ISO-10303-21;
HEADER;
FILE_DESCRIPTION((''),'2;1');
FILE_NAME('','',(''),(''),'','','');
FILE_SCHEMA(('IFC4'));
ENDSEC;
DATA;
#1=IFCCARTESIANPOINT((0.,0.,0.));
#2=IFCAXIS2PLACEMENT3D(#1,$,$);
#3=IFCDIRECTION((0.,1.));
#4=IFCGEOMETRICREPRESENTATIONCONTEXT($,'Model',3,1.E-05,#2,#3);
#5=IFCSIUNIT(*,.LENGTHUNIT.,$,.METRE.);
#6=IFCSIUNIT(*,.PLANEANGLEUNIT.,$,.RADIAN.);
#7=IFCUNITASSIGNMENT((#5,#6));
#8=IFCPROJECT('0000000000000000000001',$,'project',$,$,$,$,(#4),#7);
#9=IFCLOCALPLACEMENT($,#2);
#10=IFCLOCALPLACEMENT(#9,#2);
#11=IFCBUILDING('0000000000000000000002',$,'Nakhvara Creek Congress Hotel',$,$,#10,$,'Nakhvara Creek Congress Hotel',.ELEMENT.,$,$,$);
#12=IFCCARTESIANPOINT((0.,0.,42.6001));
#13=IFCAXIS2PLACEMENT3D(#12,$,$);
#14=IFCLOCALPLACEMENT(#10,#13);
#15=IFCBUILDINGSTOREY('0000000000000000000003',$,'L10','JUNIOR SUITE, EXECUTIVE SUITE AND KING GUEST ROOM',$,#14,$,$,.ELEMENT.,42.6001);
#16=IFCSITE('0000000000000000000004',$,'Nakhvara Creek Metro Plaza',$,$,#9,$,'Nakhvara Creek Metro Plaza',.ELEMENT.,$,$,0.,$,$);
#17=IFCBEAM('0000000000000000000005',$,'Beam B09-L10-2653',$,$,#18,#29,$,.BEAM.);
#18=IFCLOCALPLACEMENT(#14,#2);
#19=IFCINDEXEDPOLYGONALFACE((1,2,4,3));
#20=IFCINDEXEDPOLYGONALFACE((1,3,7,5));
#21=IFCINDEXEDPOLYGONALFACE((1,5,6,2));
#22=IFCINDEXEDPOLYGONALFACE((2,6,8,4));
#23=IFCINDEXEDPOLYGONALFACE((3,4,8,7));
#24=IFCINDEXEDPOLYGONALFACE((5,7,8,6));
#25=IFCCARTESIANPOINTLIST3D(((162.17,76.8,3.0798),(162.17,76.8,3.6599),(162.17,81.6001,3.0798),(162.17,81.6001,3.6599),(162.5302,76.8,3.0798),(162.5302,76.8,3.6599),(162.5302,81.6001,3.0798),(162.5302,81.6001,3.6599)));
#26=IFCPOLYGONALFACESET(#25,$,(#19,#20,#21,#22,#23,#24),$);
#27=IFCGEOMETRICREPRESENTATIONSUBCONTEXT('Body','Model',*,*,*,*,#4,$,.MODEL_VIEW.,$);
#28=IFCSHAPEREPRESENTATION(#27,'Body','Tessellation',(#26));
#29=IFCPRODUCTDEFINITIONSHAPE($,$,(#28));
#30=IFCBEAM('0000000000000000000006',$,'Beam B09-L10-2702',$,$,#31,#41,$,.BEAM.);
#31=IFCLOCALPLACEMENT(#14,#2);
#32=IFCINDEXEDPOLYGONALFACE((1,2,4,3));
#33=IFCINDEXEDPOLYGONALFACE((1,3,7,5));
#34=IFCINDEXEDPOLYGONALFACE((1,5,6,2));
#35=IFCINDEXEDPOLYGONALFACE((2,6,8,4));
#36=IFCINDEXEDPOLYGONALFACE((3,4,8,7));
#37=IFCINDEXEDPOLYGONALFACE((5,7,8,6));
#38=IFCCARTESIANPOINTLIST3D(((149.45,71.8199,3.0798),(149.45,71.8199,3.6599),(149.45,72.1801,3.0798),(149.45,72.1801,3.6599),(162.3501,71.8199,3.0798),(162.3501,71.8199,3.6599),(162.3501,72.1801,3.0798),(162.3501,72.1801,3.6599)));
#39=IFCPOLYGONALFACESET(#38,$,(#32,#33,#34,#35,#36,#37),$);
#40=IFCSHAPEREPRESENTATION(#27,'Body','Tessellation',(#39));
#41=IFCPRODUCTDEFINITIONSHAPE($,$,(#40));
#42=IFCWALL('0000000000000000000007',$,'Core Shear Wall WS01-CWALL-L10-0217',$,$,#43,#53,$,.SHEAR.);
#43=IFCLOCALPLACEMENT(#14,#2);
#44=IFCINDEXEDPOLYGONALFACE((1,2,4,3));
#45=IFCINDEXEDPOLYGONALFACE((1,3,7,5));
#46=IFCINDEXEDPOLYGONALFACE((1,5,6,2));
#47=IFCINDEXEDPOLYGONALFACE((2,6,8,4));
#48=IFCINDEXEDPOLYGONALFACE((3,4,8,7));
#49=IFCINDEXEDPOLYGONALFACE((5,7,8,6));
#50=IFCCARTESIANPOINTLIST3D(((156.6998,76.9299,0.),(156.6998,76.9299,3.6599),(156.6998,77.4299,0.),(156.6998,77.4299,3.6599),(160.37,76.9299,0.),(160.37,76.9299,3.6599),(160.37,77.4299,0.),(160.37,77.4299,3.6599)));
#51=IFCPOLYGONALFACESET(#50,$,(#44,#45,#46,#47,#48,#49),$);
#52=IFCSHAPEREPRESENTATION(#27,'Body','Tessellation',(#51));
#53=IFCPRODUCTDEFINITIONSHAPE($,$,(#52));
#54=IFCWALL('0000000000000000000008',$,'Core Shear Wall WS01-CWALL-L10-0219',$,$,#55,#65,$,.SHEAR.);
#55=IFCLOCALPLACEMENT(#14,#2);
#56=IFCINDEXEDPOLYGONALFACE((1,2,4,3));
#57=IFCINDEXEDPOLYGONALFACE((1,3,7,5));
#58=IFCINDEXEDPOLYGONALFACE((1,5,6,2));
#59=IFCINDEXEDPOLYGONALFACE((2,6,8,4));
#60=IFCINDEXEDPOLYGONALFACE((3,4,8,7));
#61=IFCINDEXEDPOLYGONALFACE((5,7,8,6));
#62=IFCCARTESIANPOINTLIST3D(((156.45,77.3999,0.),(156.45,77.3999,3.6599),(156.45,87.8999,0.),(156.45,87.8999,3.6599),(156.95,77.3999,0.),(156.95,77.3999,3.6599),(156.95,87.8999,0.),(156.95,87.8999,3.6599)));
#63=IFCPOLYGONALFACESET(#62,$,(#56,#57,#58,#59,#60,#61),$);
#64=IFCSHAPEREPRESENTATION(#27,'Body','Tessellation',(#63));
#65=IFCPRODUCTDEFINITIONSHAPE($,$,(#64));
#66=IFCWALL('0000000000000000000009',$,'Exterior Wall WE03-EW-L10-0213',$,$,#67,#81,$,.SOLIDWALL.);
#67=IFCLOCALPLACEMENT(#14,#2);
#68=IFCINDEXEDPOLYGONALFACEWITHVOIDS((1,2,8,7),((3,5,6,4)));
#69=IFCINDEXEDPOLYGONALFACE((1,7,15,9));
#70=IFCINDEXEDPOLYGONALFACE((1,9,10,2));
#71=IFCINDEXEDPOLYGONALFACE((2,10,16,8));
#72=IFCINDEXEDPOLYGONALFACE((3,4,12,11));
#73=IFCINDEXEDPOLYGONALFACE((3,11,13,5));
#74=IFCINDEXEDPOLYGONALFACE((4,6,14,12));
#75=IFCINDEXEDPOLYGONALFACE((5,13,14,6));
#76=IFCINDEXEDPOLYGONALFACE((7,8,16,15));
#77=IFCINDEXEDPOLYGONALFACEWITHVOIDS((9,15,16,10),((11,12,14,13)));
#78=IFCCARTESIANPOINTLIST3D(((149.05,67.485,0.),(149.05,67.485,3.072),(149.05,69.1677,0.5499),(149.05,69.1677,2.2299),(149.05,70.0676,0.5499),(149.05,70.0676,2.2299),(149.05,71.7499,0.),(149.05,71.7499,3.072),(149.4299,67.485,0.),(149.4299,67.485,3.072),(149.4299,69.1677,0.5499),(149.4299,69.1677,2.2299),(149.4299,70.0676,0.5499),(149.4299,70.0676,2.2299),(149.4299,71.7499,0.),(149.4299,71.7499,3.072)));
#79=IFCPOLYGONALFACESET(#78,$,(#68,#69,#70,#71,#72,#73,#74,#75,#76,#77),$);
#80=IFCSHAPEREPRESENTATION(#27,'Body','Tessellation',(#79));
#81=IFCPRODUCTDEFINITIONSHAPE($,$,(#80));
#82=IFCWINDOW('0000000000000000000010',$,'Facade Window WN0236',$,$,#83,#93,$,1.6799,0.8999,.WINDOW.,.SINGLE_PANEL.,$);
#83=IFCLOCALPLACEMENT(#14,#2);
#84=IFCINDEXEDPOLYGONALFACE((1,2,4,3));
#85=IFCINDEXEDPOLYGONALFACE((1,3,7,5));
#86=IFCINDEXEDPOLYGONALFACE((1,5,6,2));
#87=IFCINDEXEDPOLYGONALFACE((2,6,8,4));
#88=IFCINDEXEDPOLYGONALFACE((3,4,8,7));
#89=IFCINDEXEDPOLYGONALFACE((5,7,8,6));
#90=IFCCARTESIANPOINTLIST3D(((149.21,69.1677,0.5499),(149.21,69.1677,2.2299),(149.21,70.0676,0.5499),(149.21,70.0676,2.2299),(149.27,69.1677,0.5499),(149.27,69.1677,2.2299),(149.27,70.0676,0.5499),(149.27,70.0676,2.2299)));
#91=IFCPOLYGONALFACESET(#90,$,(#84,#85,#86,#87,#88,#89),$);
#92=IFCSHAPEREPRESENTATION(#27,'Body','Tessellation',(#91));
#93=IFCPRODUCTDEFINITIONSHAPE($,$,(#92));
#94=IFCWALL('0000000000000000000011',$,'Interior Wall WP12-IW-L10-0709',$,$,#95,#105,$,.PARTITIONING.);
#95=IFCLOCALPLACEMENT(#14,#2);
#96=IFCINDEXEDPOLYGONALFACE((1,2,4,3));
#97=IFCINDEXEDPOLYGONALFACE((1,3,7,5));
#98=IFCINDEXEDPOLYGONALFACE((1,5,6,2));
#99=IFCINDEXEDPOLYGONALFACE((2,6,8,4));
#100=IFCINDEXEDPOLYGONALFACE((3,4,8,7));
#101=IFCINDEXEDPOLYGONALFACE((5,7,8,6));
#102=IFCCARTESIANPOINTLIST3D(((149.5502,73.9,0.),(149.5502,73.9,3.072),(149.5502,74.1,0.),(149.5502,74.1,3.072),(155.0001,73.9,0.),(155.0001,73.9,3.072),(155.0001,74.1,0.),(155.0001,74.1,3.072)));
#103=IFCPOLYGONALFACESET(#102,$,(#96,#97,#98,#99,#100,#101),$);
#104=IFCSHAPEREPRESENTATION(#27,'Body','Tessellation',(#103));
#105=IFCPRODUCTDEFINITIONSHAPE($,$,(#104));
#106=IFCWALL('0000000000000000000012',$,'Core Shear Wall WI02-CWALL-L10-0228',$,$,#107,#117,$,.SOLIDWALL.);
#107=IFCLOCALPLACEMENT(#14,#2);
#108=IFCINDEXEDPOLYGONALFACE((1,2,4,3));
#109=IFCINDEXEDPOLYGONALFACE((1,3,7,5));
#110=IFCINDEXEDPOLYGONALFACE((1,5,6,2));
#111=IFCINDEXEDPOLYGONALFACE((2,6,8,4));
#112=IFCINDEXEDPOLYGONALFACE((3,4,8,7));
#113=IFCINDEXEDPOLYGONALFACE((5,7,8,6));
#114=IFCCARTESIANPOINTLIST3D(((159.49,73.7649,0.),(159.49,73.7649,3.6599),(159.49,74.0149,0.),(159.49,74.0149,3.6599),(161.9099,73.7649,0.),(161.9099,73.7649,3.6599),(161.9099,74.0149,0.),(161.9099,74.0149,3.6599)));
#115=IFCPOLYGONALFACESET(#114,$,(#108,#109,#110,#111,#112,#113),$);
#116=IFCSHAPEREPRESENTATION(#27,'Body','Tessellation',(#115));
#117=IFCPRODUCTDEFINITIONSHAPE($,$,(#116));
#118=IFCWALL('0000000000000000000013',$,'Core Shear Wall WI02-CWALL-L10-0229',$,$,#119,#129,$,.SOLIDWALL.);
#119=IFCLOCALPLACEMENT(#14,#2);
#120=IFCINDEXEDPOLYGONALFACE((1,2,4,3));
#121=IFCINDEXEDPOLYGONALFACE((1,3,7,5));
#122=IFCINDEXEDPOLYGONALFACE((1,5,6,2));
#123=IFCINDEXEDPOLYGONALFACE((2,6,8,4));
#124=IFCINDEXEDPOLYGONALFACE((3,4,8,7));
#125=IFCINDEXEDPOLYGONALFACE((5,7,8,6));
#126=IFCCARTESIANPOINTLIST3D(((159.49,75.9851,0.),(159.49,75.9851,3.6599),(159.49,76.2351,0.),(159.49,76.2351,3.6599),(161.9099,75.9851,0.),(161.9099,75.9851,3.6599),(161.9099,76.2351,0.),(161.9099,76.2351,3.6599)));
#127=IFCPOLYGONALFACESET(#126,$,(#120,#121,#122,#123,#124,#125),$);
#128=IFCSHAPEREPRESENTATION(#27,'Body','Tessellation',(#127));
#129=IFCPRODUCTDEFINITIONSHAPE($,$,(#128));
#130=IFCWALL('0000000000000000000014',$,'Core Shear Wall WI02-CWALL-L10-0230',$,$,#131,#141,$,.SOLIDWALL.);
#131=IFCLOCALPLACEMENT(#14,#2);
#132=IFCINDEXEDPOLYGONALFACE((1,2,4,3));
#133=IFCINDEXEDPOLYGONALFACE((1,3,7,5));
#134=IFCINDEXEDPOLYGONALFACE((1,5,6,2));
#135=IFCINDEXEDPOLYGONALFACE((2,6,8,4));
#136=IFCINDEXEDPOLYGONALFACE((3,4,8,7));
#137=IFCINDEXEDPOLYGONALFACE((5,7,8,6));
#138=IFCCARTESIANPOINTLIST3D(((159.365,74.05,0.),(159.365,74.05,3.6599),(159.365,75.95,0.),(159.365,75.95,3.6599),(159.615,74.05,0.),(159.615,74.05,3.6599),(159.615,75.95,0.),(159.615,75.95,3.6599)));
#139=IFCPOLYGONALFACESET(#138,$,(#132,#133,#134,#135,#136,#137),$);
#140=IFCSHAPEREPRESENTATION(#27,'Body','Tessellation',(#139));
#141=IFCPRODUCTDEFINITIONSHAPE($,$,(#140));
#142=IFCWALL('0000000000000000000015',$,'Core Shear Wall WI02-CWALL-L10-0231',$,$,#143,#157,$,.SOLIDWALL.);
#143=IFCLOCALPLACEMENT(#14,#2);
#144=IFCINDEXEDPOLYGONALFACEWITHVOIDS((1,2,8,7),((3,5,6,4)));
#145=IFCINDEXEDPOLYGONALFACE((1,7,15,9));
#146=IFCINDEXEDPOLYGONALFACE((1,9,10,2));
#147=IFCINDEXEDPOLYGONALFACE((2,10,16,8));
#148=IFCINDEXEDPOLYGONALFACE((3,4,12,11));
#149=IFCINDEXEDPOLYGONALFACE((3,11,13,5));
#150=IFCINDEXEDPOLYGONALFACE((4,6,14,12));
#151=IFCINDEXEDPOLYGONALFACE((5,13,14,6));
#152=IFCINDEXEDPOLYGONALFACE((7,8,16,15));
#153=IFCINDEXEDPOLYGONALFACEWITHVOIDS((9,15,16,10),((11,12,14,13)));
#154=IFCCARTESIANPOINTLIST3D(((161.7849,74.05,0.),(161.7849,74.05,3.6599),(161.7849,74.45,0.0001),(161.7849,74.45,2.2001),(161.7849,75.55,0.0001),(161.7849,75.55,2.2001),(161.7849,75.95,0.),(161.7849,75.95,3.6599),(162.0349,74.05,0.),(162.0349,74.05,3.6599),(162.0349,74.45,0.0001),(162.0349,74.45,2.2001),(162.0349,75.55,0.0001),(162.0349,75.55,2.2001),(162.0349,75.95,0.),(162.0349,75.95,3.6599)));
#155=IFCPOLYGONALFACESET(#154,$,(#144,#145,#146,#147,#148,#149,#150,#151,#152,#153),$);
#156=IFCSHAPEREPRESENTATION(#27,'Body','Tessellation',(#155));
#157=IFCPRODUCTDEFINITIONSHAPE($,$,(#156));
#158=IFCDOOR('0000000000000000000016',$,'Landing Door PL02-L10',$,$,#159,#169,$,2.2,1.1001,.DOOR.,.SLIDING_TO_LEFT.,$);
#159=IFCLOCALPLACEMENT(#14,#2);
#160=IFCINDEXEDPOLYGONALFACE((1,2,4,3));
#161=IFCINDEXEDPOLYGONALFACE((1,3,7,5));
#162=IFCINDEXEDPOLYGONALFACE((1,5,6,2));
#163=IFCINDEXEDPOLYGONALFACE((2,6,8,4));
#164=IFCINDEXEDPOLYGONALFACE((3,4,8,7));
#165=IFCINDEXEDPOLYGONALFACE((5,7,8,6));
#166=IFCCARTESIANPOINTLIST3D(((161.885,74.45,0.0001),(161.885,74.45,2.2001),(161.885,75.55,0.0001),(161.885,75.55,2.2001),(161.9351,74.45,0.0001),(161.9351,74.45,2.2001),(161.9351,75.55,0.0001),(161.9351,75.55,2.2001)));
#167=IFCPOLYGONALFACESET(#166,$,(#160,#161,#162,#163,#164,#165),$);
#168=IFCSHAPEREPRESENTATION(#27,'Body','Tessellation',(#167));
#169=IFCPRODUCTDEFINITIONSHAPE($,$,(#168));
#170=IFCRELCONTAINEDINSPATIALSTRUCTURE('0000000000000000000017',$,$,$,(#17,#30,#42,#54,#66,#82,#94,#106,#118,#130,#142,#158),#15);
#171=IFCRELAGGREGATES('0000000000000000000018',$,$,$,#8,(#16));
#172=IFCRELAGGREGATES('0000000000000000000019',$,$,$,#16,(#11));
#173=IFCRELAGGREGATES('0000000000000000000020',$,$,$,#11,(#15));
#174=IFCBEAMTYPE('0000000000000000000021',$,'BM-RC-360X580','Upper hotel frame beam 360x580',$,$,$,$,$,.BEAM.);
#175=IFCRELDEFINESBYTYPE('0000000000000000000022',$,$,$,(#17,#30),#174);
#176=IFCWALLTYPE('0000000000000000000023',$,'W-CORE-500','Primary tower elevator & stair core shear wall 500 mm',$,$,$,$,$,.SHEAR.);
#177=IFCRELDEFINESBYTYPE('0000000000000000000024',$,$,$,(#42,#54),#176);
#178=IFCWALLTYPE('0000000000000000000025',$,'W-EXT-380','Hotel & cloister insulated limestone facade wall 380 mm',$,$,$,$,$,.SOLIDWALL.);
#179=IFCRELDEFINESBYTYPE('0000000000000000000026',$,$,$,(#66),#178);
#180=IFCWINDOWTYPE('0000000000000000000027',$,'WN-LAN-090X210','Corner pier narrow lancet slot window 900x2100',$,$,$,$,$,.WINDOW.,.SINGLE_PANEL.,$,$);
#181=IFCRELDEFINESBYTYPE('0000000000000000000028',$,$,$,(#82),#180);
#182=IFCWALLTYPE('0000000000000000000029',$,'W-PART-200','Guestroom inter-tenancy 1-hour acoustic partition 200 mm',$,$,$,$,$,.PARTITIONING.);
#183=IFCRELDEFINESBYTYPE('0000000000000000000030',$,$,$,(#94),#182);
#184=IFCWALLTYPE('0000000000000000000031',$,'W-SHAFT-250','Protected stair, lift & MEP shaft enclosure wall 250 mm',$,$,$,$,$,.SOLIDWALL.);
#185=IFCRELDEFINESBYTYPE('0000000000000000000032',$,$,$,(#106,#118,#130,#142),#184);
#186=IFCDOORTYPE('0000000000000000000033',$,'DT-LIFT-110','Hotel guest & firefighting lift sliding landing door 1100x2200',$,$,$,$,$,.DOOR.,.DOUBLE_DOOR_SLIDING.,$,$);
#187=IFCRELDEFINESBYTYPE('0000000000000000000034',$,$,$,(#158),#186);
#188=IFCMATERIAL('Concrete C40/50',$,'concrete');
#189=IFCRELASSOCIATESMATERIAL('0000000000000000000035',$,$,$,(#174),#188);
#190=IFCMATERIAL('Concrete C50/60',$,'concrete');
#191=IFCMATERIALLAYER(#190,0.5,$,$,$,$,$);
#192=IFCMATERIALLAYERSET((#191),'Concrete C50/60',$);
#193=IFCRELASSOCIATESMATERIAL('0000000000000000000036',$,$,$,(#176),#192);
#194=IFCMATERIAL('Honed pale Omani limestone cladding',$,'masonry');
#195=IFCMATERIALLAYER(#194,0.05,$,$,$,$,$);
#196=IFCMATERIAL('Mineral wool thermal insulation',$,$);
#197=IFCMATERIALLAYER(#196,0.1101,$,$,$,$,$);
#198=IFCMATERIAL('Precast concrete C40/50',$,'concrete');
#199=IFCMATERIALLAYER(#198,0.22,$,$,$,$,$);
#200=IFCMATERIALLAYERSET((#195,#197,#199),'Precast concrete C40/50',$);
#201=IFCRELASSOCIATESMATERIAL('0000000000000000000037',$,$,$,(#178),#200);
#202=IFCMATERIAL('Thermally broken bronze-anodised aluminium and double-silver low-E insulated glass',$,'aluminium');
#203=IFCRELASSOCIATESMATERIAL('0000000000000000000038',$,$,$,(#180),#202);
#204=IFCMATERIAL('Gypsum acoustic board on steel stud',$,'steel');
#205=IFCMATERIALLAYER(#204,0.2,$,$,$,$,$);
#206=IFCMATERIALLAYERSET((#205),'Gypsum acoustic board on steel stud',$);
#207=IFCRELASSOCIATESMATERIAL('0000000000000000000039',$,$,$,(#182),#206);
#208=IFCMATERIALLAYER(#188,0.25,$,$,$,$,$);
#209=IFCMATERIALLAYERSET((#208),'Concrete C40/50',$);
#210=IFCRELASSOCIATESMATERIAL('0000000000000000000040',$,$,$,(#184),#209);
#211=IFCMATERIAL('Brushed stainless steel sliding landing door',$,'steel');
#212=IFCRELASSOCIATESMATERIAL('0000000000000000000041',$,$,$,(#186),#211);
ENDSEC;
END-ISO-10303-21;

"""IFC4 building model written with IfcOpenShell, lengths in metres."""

from ifc_helpers import new_model, si_unit, direction, frame, frame_2d, origin, origin_2d, place, context, subcontext, project, spatial, rectangle, extrude, material, layer, layer_set, material_profile, profile_set, type_object, element, fill, save


model = new_model("IFC4")

# Units and contexts
model_context = context("Model", 3, precision=1e-05, world=origin(), true_north=direction((0.0, 1.0)))
body_context = subcontext(model_context, "Body", "Model", "MODEL_VIEW")
ifc_project = project(units=[si_unit("LENGTHUNIT", "METRE"), si_unit("PLANEANGLEUNIT", "RADIAN")], contexts=[model_context])

# Site, building, storey
site_placement = place(None, origin())
site = spatial("IfcSite", under=ifc_project, at=site_placement, Name="Nakhvara Creek Metro Plaza", LongName="Nakhvara Creek Metro Plaza", CompositionType="ELEMENT", RefElevation=0.0)
building_placement = place(site_placement, origin())
building = spatial("IfcBuilding", under=site, at=building_placement, Name="Nakhvara Creek Congress Hotel", LongName="Nakhvara Creek Congress Hotel", CompositionType="ELEMENT")
storey_placement = place(building_placement, frame((0.0, 0.0, 42.6001)))
storey = spatial("IfcBuildingStorey", under=building, at=storey_placement, Name="L10", Description="JUNIOR SUITE, EXECUTIVE SUITE AND KING GUEST ROOM", CompositionType="ELEMENT", Elevation=42.6001)

# Shared definitions
ifc_material_1 = material(Name="Concrete C50/60", Category="concrete")

# Beams
ifc_material_2 = material(Name="Concrete C40/50", Category="concrete")
ifc_material_profile_1 = material_profile(ifc_material_2, rectangle(XDim=0.3601, YDim=0.5801, at=origin_2d()), Name="RC-BM 360x580", Category="LoadBearing")
ifc_profile_set_1 = profile_set([ifc_material_profile_1], Name="Concrete C40/50")
beam_type = type_object("IfcBeamType", Name="BM-RC-360X580", Description="Upper hotel frame beam 360x580", PredefinedType="BEAM", material=ifc_profile_set_1)
for number, where, z_axis, x_axis, name in (
    (1, (162.3501, 76.8, 3.3699), (0.0, 1.0, 0.0), (-1.0, 0.0, 0.0), "Beam B09-L10-2653"),
):
    element("IfcBeam", number, at=place(storey_placement, frame(where, z_axis=z_axis, x_axis=x_axis)), inside=storey, type_object=beam_type, Name=name, PredefinedType="BEAM", context=body_context, shape_type="SweptSolid", body=[
        extrude(rectangle(XDim=0.3601, YDim=0.5801, at=origin_2d()), origin(), (0.0, 0.0, 1.0), 4.8),
    ])
beam_1_placement = place(storey_placement, frame((149.45, 72.0, 3.3699), z_axis=(1.0, 0.0, 0.0), x_axis=(0.0, 1.0, 0.0)))
element("IfcBeam", 2, at=beam_1_placement, inside=storey, type_object=beam_type, Name="Beam B09-L10-2702", PredefinedType="BEAM", context=body_context, shape_type="SweptSolid", body=[
    extrude(rectangle(XDim=0.3601, YDim=0.5801, at=origin_2d()), origin(), (0.0, 0.0, 1.0), 12.9001),
])

# Walls
ifc_layer_1 = layer(ifc_material_1, 0.5)
ifc_layer_set_1 = layer_set([ifc_layer_1], Name="Concrete C50/60")
wall_type_1 = type_object("IfcWallType", Name="W-CORE-500", Description="Primary tower elevator & stair core shear wall 500 mm", PredefinedType="SHEAR", material=ifc_layer_set_1)
wall_1_placement = place(storey_placement, frame((156.7, 77.1799, 0.0), z_axis=(0.0, 0.0, 1.0), x_axis=(1.0, 0.0, 0.0)))
element("IfcWall", 3, at=wall_1_placement, inside=storey, type_object=wall_type_1, Name="Core Shear Wall WS01-CWALL-L10-0217", PredefinedType="SHEAR", context=body_context, shape_type="SweptSolid", body=[
    extrude(rectangle(XDim=3.6702, YDim=0.5, at=frame_2d((1.835, 0.0))), origin(), (0.0, 0.0, 1.0), 3.6599),
])
wall_2_placement = place(storey_placement, frame((156.7, 77.3999, 0.0), z_axis=(0.0, 0.0, 1.0), x_axis=(0.0, 1.0, 0.0)))
element("IfcWall", 4, at=wall_2_placement, inside=storey, type_object=wall_type_1, Name="Core Shear Wall WS01-CWALL-L10-0219", PredefinedType="SHEAR", context=body_context, shape_type="SweptSolid", body=[
    extrude(rectangle(XDim=10.5, YDim=0.5, at=frame_2d((5.25, 0.0))), origin(), (0.0, 0.0, 1.0), 3.6599),
])

# Wall, opening, window
ifc_material_3 = material(Name="Honed pale Omani limestone cladding", Category="masonry")
ifc_layer_2 = layer(ifc_material_3, 0.05)
ifc_material_4 = material(Name="Mineral wool thermal insulation")
ifc_layer_3 = layer(ifc_material_4, 0.1101)
ifc_material_5 = material(Name="Precast concrete C40/50", Category="concrete")
ifc_layer_4 = layer(ifc_material_5, 0.22)
ifc_layer_set_2 = layer_set([ifc_layer_2, ifc_layer_3, ifc_layer_4], Name="Precast concrete C40/50")
wall_type_2 = type_object("IfcWallType", Name="W-EXT-380", Description="Hotel & cloister insulated limestone facade wall 380 mm", PredefinedType="SOLIDWALL", material=ifc_layer_set_2)
wall_3_placement = place(storey_placement, frame((149.24, 67.4851, 0.0), z_axis=(0.0, 0.0, 1.0), x_axis=(0.0, 1.0, 0.0)))
wall_3 = element("IfcWall", 5, at=wall_3_placement, inside=storey, type_object=wall_type_2, Name="Exterior Wall WE03-EW-L10-0213", PredefinedType="SOLIDWALL", context=body_context, shape_type="SweptSolid", body=[
    extrude(rectangle(XDim=4.2649, YDim=0.3799, at=frame_2d((2.1323, 0.0))), origin(), (0.0, 0.0, 1.0), 3.072),
])
opening_1_placement = place(wall_3_placement, frame((1.6826, 0.0, 0.55)))
opening_1 = element("IfcOpeningElement", 6, at=opening_1_placement, cuts=wall_3, PredefinedType="OPENING", context=body_context, shape_type="SweptSolid", body=[
    extrude(rectangle(XDim=0.8999, YDim=1.6799, at=frame_2d((0.45, 0.8398))), frame((0.0, 0.2019, 0.0), z_axis=(0.0, -1.0, 0.0), x_axis=(1.0, 0.0, 0.0)), (0.0, 0.0, 1.0), 0.4038),
])
ifc_material_6 = material(Name="Thermally broken bronze-anodised aluminium and double-silver low-E insulated glass", Category="aluminium")
window_type = type_object("IfcWindowType", Name="WN-LAN-090X210", Description="Corner pier narrow lancet slot window 900x2100", PartitioningType="SINGLE_PANEL", PredefinedType="WINDOW", material=ifc_material_6)
window_placement = place(opening_1_placement, origin())
window = element("IfcWindow", 7, at=window_placement, inside=storey, type_object=window_type, Name="Facade Window WN0236", OverallHeight=1.6799, OverallWidth=0.8999, PartitioningType="SINGLE_PANEL", PredefinedType="WINDOW", context=body_context, shape_type="SweptSolid", body=[
    extrude(rectangle(XDim=0.8999, YDim=1.6799, at=frame_2d((0.45, 0.8398))), frame((0.0, 0.03, 0.0), z_axis=(0.0, -1.0, 0.0), x_axis=(1.0, 0.0, 0.0)), (0.0, 0.0, 1.0), 0.0601),
])
fill(opening_1, window)

# Walls
ifc_material_7 = material(Name="Gypsum acoustic board on steel stud", Category="steel")
ifc_layer_5 = layer(ifc_material_7, 0.2)
ifc_layer_set_3 = layer_set([ifc_layer_5], Name="Gypsum acoustic board on steel stud")
wall_type_3 = type_object("IfcWallType", Name="W-PART-200", Description="Guestroom inter-tenancy 1-hour acoustic partition 200 mm", PredefinedType="PARTITIONING", material=ifc_layer_set_3)
wall_4_placement = place(storey_placement, frame((149.55, 74.0, 0.0), z_axis=(0.0, 0.0, 1.0), x_axis=(1.0, 0.0, 0.0)))
element("IfcWall", 8, at=wall_4_placement, inside=storey, type_object=wall_type_3, Name="Interior Wall WP12-IW-L10-0709", PredefinedType="PARTITIONING", context=body_context, shape_type="SweptSolid", body=[
    extrude(rectangle(XDim=5.45, YDim=0.2, at=frame_2d((2.7251, 0.0))), origin(), (0.0, 0.0, 1.0), 3.072),
])
ifc_layer_6 = layer(ifc_material_2, 0.25)
ifc_layer_set_4 = layer_set([ifc_layer_6], Name="Concrete C40/50")
wall_type_4 = type_object("IfcWallType", Name="W-SHAFT-250", Description="Protected stair, lift & MEP shaft enclosure wall 250 mm", PredefinedType="SOLIDWALL", material=ifc_layer_set_4)
for number, where, z_axis, x_axis, name in (
    (9, (159.49, 73.8899, 0.0), (0.0, 0.0, 1.0), (1.0, 0.0, 0.0), "Core Shear Wall WI02-CWALL-L10-0228"),
    (10, (159.49, 76.1101, 0.0), (0.0, 0.0, 1.0), (1.0, 0.0, 0.0), "Core Shear Wall WI02-CWALL-L10-0229"),
):
    element("IfcWall", number, at=place(storey_placement, frame(where, z_axis=z_axis, x_axis=x_axis)), inside=storey, type_object=wall_type_4, Name=name, PredefinedType="SOLIDWALL", context=body_context, shape_type="SweptSolid", body=[
        extrude(rectangle(XDim=2.4199, YDim=0.25, at=frame_2d((1.21, 0.0))), origin(), (0.0, 0.0, 1.0), 3.6599),
    ])
wall_5_placement = place(storey_placement, frame((159.49, 74.05, 0.0), z_axis=(0.0, 0.0, 1.0), x_axis=(0.0, 1.0, 0.0)))
element("IfcWall", 11, at=wall_5_placement, inside=storey, type_object=wall_type_4, Name="Core Shear Wall WI02-CWALL-L10-0230", PredefinedType="SOLIDWALL", context=body_context, shape_type="SweptSolid", body=[
    extrude(rectangle(XDim=1.8999, YDim=0.25, at=frame_2d((0.95, 0.0))), origin(), (0.0, 0.0, 1.0), 3.6599),
])

# Wall, opening, door
wall_6_placement = place(storey_placement, frame((161.9099, 74.05, 0.0), z_axis=(0.0, 0.0, 1.0), x_axis=(0.0, 1.0, 0.0)))
wall_6 = element("IfcWall", 12, at=wall_6_placement, inside=storey, type_object=wall_type_4, Name="Core Shear Wall WI02-CWALL-L10-0231", PredefinedType="SOLIDWALL", context=body_context, shape_type="SweptSolid", body=[
    extrude(rectangle(XDim=1.8999, YDim=0.25, at=frame_2d((0.95, 0.0))), origin(), (0.0, 0.0, 1.0), 3.6599),
])
opening_2_placement = place(wall_6_placement, frame((0.3999, 0.0, 0.0)))
opening_2 = element("IfcOpeningElement", 13, at=opening_2_placement, cuts=wall_6, PredefinedType="OPENING", context=body_context, shape_type="SweptSolid", body=[
    extrude(rectangle(XDim=1.1001, YDim=2.2, at=frame_2d((0.55, 1.1001))), frame((0.0, 0.137, 0.0), z_axis=(0.0, -1.0, 0.0), x_axis=(1.0, 0.0, 0.0)), (0.0, 0.0, 1.0), 0.2739),
])
ifc_material_8 = material(Name="Brushed stainless steel sliding landing door", Category="steel")
door_type_1 = type_object("IfcDoorType", Name="DT-LIFT-110", Description="Hotel guest & firefighting lift sliding landing door 1100x2200", OperationType="DOUBLE_DOOR_SLIDING", PredefinedType="DOOR", material=ifc_material_8)
door_1_placement = place(opening_2_placement, origin())
door_1 = element("IfcDoor", 14, at=door_1_placement, inside=storey, type_object=door_type_1, Name="Landing Door PL02-L10", OperationType="SLIDING_TO_LEFT", OverallHeight=2.2, OverallWidth=1.1001, PredefinedType="DOOR", context=body_context, shape_type="SweptSolid", body=[
    extrude(rectangle(XDim=1.1001, YDim=2.2, at=frame_2d((0.55, 1.1001))), frame((0.0, 0.0249, 0.0), z_axis=(0.0, -1.0, 0.0), x_axis=(1.0, 0.0, 0.0)), (0.0, 0.0, 1.0), 0.05),
])
fill(opening_2, door_1)

save(model, "model.ifc")
